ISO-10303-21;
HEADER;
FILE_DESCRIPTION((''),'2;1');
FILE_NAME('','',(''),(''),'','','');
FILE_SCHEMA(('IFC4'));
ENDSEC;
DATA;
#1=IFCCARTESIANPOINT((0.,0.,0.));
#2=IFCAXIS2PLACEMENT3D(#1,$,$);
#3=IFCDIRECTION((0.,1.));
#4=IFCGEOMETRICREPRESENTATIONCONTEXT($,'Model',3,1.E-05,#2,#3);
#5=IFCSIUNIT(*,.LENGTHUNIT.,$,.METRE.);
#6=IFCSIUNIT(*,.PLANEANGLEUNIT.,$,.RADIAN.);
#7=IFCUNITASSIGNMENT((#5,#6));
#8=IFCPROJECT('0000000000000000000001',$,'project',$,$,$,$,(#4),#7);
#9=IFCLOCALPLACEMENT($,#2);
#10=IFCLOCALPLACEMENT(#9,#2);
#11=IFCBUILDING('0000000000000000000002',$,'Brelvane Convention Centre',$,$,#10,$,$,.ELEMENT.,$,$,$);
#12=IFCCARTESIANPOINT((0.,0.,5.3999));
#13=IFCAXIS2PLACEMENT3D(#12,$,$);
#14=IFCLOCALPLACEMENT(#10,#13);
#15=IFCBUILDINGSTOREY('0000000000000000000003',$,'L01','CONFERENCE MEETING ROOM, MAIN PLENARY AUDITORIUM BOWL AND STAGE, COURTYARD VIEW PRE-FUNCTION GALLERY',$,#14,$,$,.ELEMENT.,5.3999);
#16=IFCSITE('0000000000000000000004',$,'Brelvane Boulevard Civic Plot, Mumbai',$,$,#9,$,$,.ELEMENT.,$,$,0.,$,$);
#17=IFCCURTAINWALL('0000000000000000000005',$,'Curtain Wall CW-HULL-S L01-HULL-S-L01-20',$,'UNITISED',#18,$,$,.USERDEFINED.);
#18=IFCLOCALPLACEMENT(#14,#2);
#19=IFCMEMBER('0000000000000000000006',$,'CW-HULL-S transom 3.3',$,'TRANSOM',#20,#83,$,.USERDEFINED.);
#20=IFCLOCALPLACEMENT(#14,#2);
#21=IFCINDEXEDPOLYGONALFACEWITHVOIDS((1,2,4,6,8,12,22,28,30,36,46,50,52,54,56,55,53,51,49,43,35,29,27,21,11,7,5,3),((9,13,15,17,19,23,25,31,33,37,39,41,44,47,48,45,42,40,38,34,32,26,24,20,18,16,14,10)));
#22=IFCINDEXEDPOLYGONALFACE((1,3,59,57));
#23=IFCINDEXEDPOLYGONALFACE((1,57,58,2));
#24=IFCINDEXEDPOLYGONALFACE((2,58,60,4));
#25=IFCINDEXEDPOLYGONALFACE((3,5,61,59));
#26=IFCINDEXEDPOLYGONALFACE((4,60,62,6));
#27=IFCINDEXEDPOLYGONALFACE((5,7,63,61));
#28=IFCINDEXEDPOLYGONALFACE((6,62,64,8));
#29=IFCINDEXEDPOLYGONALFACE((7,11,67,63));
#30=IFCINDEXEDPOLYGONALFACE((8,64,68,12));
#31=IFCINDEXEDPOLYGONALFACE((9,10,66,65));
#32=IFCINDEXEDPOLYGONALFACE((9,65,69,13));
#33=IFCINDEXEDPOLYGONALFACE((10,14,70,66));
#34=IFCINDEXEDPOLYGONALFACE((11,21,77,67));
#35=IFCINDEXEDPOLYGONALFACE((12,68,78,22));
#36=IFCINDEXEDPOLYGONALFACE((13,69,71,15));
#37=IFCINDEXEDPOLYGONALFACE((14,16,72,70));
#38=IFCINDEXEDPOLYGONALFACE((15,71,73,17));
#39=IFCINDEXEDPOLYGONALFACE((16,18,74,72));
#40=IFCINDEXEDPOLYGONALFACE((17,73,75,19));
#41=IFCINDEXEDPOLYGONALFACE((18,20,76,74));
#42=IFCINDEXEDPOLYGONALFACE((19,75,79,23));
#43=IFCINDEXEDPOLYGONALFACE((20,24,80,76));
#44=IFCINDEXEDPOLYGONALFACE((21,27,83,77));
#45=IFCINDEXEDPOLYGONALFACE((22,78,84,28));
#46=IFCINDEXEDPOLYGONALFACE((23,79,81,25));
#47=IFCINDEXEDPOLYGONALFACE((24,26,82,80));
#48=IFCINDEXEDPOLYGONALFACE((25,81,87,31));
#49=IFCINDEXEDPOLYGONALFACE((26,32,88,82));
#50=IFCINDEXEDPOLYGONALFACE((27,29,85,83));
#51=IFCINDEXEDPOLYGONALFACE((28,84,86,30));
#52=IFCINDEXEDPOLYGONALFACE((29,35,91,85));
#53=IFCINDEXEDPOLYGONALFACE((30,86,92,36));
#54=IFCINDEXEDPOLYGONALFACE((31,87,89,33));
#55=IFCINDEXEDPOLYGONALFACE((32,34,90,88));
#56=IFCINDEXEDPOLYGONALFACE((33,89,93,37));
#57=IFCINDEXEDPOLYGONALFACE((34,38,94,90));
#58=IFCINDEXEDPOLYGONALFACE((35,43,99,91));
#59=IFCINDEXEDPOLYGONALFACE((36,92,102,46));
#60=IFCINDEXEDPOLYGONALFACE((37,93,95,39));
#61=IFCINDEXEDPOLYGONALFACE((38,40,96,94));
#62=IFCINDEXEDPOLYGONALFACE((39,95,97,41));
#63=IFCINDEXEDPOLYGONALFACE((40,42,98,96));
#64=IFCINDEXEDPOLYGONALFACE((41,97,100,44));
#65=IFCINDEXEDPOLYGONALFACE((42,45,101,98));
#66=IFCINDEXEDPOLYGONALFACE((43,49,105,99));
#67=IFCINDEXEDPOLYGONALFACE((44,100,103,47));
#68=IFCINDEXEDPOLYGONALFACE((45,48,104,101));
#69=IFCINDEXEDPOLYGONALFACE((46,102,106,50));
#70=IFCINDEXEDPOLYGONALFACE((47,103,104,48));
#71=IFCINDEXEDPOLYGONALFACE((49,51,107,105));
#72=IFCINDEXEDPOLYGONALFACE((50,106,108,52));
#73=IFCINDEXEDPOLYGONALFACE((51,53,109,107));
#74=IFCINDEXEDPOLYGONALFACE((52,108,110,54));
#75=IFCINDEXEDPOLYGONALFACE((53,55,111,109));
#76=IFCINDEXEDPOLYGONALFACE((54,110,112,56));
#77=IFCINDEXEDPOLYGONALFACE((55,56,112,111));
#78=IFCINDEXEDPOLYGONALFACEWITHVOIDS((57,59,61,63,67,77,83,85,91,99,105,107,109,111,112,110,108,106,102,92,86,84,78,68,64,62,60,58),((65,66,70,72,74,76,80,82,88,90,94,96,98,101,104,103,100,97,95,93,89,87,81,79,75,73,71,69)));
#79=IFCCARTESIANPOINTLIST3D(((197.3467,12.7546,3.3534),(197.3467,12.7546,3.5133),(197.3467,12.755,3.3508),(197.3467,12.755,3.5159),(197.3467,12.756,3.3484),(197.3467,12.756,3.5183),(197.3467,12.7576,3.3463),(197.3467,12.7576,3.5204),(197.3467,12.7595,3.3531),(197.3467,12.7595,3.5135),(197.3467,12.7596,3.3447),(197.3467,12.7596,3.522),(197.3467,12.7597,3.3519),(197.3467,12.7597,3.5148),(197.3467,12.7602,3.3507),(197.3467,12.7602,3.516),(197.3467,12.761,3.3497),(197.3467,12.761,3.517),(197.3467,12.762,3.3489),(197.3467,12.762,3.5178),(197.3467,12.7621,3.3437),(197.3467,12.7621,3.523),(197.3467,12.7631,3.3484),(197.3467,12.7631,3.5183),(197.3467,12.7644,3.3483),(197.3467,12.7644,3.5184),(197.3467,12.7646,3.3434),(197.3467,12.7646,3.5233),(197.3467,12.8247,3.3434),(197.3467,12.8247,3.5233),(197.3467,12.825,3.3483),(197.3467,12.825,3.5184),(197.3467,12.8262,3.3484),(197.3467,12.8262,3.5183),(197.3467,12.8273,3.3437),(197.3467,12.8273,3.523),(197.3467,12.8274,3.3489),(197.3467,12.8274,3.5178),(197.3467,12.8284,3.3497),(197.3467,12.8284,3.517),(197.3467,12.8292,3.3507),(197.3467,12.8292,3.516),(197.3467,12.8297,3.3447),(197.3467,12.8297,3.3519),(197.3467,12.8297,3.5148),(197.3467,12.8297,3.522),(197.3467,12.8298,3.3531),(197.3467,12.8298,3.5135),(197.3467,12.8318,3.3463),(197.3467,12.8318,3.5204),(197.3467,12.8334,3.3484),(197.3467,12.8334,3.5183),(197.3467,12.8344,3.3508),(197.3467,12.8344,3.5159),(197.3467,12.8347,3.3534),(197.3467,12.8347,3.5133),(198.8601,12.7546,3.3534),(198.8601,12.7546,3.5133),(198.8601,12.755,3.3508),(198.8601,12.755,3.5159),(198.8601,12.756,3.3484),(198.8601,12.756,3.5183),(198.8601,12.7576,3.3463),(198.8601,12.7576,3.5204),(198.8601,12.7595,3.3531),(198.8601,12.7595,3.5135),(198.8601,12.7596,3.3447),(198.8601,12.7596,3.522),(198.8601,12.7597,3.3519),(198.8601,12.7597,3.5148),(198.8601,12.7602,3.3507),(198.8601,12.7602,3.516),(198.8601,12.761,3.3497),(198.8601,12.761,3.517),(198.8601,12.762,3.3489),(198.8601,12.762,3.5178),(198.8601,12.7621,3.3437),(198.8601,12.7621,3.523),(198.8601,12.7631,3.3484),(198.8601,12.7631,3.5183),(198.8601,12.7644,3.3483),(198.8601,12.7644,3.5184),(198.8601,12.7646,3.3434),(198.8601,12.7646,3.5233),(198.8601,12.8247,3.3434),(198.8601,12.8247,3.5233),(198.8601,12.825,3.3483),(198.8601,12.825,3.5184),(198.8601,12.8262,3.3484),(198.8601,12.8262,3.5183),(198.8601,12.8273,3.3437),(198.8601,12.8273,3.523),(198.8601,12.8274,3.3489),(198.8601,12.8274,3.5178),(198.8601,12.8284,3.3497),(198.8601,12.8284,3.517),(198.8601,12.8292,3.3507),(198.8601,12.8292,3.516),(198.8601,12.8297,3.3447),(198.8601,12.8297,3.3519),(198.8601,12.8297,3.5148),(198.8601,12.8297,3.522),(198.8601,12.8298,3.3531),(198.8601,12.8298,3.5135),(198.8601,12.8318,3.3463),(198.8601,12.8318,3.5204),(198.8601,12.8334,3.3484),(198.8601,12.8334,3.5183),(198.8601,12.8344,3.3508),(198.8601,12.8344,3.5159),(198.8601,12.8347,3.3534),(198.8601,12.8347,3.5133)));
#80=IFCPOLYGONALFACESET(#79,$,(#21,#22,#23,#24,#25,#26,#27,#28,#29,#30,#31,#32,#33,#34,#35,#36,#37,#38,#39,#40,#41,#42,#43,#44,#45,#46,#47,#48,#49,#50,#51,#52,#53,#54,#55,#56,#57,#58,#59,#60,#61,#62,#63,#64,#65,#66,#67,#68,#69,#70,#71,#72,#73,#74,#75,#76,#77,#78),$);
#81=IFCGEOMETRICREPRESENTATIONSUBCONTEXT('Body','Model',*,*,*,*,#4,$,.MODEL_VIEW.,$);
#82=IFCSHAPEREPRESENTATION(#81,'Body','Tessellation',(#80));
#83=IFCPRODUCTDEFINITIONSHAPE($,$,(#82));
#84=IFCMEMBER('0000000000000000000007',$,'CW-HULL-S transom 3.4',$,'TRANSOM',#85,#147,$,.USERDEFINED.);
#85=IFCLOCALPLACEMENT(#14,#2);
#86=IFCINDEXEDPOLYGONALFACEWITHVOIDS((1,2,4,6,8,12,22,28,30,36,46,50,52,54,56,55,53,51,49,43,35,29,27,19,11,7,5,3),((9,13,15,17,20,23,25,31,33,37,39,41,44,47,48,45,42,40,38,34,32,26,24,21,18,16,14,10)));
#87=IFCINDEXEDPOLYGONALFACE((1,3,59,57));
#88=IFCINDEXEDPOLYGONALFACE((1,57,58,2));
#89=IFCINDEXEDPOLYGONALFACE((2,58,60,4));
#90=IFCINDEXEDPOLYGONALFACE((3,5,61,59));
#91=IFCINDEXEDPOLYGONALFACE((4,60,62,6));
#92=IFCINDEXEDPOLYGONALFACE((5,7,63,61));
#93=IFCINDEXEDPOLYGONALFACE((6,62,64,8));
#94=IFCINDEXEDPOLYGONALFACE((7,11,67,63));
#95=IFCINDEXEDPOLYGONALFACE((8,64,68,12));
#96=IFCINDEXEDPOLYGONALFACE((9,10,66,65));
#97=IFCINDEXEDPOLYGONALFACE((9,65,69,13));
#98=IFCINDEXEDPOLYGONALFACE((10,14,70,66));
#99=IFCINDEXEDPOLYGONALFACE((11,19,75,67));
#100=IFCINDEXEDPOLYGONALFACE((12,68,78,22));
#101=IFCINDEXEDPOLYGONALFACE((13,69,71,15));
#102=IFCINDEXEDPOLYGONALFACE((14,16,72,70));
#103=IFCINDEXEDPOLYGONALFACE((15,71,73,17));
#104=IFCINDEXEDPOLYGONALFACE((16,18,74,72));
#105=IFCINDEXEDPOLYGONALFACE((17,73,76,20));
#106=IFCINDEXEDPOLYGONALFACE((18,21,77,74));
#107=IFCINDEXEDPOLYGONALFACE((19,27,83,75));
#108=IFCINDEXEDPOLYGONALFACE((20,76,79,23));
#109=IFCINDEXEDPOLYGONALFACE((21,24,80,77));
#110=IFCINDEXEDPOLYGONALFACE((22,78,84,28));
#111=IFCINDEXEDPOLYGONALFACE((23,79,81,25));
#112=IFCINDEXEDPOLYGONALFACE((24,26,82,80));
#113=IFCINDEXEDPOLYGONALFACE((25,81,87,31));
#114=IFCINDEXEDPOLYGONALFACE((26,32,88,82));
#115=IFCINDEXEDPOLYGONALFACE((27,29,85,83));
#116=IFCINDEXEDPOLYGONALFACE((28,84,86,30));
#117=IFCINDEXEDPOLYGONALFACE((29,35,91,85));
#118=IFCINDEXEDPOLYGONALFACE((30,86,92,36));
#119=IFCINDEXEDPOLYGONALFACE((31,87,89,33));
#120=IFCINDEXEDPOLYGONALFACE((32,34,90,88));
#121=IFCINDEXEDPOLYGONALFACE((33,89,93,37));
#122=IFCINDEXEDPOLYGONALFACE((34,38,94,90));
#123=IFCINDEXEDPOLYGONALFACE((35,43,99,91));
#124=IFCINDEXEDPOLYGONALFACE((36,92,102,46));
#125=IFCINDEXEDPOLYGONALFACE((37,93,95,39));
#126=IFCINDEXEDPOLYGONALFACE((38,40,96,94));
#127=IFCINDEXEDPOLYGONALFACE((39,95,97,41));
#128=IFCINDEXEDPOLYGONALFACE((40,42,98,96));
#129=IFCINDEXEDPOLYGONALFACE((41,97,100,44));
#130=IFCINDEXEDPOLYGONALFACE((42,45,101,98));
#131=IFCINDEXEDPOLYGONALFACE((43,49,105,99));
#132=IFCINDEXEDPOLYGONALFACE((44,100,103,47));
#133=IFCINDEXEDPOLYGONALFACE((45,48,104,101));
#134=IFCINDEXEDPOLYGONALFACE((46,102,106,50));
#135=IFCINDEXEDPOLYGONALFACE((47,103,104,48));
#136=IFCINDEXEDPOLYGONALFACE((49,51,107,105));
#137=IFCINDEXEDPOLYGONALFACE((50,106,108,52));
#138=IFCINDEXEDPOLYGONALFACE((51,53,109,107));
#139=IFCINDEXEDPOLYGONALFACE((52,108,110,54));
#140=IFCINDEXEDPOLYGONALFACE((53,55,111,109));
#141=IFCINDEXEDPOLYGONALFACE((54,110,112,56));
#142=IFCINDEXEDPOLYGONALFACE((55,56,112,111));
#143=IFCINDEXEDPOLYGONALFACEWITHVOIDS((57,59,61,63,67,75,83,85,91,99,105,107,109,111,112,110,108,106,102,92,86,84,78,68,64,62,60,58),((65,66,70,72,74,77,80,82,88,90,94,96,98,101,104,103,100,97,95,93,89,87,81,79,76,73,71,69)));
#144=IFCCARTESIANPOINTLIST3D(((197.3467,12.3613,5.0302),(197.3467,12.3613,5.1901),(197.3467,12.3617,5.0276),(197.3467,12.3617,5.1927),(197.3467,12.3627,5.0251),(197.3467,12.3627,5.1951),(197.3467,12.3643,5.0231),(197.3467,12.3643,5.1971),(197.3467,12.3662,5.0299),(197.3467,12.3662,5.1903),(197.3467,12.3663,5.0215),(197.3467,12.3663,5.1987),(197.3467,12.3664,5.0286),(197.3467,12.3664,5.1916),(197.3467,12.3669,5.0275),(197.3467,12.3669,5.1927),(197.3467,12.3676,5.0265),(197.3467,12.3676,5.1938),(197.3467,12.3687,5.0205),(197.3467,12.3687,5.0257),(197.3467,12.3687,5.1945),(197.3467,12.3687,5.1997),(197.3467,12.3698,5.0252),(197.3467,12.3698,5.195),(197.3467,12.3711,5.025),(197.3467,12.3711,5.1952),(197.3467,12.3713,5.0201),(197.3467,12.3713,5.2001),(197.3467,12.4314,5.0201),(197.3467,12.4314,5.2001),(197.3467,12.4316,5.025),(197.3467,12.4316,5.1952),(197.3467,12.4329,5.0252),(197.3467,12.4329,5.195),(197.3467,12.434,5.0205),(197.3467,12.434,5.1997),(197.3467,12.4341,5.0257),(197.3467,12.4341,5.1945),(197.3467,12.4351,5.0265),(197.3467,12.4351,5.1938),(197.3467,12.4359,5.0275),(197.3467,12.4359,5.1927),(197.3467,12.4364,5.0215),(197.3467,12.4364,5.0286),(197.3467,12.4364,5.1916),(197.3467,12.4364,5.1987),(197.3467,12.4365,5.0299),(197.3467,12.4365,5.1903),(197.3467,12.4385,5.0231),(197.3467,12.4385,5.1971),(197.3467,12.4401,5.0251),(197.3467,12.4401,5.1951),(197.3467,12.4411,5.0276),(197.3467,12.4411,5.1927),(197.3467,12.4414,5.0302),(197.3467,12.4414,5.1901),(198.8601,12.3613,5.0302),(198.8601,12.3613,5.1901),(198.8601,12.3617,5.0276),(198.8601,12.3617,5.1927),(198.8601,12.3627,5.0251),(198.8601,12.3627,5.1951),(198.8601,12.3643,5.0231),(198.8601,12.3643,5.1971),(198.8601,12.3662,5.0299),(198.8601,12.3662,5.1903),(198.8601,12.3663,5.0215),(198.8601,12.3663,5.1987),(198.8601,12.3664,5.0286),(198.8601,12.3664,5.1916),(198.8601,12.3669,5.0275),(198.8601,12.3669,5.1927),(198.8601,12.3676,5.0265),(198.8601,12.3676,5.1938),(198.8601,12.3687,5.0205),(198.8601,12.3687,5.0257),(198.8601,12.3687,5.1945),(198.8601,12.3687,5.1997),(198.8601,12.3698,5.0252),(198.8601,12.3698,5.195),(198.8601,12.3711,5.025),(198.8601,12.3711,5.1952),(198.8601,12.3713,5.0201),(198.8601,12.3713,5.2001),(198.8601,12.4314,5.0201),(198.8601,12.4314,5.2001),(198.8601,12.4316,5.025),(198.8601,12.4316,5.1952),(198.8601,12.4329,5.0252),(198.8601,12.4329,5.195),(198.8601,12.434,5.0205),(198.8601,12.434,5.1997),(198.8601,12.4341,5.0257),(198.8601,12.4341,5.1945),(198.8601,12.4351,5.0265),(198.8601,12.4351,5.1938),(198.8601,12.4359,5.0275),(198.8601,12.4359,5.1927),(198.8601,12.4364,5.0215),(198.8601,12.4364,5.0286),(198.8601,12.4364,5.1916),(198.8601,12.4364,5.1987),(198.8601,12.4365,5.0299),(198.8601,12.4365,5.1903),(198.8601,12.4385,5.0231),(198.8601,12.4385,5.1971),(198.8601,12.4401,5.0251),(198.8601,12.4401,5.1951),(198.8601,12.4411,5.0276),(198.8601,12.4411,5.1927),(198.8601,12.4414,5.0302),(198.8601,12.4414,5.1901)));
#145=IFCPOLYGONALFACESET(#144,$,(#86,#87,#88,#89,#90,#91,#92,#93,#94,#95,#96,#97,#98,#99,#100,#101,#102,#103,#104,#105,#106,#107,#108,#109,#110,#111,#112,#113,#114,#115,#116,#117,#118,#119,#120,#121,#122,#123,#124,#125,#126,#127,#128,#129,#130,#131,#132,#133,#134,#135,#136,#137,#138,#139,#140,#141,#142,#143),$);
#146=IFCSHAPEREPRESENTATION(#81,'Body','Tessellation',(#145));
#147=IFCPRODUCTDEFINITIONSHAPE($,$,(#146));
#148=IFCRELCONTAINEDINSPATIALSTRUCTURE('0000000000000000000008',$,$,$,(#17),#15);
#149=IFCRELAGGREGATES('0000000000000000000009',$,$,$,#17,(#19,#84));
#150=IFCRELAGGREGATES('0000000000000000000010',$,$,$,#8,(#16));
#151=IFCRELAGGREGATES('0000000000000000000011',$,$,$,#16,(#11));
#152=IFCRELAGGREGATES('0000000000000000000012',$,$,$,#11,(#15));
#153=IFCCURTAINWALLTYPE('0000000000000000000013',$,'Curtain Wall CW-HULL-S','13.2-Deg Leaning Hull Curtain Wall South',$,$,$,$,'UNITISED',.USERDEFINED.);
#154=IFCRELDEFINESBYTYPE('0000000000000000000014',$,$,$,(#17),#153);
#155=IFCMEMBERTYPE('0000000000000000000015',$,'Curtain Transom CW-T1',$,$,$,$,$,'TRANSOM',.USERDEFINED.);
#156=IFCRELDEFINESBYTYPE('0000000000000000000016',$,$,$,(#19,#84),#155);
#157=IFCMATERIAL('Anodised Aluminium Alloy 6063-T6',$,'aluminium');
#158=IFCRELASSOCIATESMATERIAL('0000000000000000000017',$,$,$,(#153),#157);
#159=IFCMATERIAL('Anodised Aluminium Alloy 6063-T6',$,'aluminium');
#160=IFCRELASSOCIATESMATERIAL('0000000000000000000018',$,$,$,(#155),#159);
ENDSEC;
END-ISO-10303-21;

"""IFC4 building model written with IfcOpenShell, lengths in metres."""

from ifc_helpers import new_model, si_unit, direction, frame, origin, origin_2d, place, context, subcontext, project, spatial, hollow_rectangle, extrude, material, material_profile, profile_set, type_object, element, aggregate, save


model = new_model("IFC4")

# Units and contexts
model_context = context("Model", 3, precision=1e-05, world=origin(), true_north=direction((0.0, 1.0)))
body_context = subcontext(model_context, "Body", "Model", "MODEL_VIEW")
ifc_project = project(units=[si_unit("LENGTHUNIT", "METRE"), si_unit("PLANEANGLEUNIT", "RADIAN")], contexts=[model_context])

# Site, building, storey
site_placement = place(None, origin())
site = spatial("IfcSite", under=ifc_project, at=site_placement, Name="Brelvane Boulevard Civic Plot, Mumbai", CompositionType="ELEMENT", RefElevation=0.0)
building_placement = place(site_placement, origin())
building = spatial("IfcBuilding", under=site, at=building_placement, Name="Brelvane Convention Centre", CompositionType="ELEMENT")
storey_placement = place(building_placement, frame((0.0, 0.0, 5.3999)))
storey = spatial("IfcBuildingStorey", under=building, at=storey_placement, Name="L01", Description="CONFERENCE MEETING ROOM, MAIN PLENARY AUDITORIUM BOWL AND STAGE, COURTYARD VIEW PRE-FUNCTION GALLERY", CompositionType="ELEMENT", Elevation=5.3999)

# Curtain wall, members
ifc_material_1 = material(Name="Anodised Aluminium Alloy 6063-T6", Category="aluminium")
curtain_wall_type = type_object("IfcCurtainWallType", Name="Curtain Wall CW-HULL-S", Description="13.2-Deg Leaning Hull Curtain Wall South", ElementType="UNITISED", PredefinedType="USERDEFINED", material=ifc_material_1)
curtain_wall_1_placement = place(storey_placement, origin())
curtain_wall_1 = element("IfcCurtainWall", 1, at=curtain_wall_1_placement, inside=storey, type_object=curtain_wall_type, Name="Curtain Wall CW-HULL-S L01-HULL-S-L01-20", ObjectType="UNITISED", PredefinedType="USERDEFINED")
ifc_material_2 = material(Name="Anodised Aluminium Alloy 6063-T6", Category="aluminium")
ifc_material_profile = material_profile(ifc_material_2, hollow_rectangle(XDim=0.0801, YDim=0.1799, WallThickness=0.0049, InnerFilletRadius=0.0049, OuterFilletRadius=0.01, at=origin_2d()), Name="ALU-T 180x80x5.0")
ifc_profile_set = profile_set([ifc_material_profile], Name="Anodised Aluminium Alloy 6063-T6")
member_type = type_object("IfcMemberType", Name="Curtain Transom CW-T1", ElementType="TRANSOM", PredefinedType="USERDEFINED", material=ifc_profile_set)
member_1_placement = place(storey_placement, frame((197.3467, 12.7947, 3.4333), z_axis=(1.0, 0.0, 0.0), x_axis=(0.0, 1.0, 0.0)))
member_1 = element("IfcMember", 2, at=member_1_placement, type_object=member_type, Name="CW-HULL-S transom 3.3", ObjectType="TRANSOM", PredefinedType="USERDEFINED", context=body_context, shape_type="SweptSolid", body=[
    extrude(hollow_rectangle(XDim=0.0801, YDim=0.1799, WallThickness=0.0049, InnerFilletRadius=0.0049, OuterFilletRadius=0.01, at=origin_2d()), origin(), (0.0, 0.0, 1.0), 1.5134),
])
member_2_placement = place(storey_placement, frame((197.3467, 12.4014, 5.1101), z_axis=(1.0, 0.0, 0.0), x_axis=(0.0, 1.0, 0.0)))
member_2 = element("IfcMember", 3, at=member_2_placement, type_object=member_type, Name="CW-HULL-S transom 3.4", ObjectType="TRANSOM", PredefinedType="USERDEFINED", context=body_context, shape_type="SweptSolid", body=[
    extrude(hollow_rectangle(XDim=0.0801, YDim=0.1799, WallThickness=0.0049, InnerFilletRadius=0.0049, OuterFilletRadius=0.01, at=origin_2d()), origin(), (0.0, 0.0, 1.0), 1.5134),
])

aggregate(curtain_wall_1, [member_1, member_2])

save(model, "model.ifc")
